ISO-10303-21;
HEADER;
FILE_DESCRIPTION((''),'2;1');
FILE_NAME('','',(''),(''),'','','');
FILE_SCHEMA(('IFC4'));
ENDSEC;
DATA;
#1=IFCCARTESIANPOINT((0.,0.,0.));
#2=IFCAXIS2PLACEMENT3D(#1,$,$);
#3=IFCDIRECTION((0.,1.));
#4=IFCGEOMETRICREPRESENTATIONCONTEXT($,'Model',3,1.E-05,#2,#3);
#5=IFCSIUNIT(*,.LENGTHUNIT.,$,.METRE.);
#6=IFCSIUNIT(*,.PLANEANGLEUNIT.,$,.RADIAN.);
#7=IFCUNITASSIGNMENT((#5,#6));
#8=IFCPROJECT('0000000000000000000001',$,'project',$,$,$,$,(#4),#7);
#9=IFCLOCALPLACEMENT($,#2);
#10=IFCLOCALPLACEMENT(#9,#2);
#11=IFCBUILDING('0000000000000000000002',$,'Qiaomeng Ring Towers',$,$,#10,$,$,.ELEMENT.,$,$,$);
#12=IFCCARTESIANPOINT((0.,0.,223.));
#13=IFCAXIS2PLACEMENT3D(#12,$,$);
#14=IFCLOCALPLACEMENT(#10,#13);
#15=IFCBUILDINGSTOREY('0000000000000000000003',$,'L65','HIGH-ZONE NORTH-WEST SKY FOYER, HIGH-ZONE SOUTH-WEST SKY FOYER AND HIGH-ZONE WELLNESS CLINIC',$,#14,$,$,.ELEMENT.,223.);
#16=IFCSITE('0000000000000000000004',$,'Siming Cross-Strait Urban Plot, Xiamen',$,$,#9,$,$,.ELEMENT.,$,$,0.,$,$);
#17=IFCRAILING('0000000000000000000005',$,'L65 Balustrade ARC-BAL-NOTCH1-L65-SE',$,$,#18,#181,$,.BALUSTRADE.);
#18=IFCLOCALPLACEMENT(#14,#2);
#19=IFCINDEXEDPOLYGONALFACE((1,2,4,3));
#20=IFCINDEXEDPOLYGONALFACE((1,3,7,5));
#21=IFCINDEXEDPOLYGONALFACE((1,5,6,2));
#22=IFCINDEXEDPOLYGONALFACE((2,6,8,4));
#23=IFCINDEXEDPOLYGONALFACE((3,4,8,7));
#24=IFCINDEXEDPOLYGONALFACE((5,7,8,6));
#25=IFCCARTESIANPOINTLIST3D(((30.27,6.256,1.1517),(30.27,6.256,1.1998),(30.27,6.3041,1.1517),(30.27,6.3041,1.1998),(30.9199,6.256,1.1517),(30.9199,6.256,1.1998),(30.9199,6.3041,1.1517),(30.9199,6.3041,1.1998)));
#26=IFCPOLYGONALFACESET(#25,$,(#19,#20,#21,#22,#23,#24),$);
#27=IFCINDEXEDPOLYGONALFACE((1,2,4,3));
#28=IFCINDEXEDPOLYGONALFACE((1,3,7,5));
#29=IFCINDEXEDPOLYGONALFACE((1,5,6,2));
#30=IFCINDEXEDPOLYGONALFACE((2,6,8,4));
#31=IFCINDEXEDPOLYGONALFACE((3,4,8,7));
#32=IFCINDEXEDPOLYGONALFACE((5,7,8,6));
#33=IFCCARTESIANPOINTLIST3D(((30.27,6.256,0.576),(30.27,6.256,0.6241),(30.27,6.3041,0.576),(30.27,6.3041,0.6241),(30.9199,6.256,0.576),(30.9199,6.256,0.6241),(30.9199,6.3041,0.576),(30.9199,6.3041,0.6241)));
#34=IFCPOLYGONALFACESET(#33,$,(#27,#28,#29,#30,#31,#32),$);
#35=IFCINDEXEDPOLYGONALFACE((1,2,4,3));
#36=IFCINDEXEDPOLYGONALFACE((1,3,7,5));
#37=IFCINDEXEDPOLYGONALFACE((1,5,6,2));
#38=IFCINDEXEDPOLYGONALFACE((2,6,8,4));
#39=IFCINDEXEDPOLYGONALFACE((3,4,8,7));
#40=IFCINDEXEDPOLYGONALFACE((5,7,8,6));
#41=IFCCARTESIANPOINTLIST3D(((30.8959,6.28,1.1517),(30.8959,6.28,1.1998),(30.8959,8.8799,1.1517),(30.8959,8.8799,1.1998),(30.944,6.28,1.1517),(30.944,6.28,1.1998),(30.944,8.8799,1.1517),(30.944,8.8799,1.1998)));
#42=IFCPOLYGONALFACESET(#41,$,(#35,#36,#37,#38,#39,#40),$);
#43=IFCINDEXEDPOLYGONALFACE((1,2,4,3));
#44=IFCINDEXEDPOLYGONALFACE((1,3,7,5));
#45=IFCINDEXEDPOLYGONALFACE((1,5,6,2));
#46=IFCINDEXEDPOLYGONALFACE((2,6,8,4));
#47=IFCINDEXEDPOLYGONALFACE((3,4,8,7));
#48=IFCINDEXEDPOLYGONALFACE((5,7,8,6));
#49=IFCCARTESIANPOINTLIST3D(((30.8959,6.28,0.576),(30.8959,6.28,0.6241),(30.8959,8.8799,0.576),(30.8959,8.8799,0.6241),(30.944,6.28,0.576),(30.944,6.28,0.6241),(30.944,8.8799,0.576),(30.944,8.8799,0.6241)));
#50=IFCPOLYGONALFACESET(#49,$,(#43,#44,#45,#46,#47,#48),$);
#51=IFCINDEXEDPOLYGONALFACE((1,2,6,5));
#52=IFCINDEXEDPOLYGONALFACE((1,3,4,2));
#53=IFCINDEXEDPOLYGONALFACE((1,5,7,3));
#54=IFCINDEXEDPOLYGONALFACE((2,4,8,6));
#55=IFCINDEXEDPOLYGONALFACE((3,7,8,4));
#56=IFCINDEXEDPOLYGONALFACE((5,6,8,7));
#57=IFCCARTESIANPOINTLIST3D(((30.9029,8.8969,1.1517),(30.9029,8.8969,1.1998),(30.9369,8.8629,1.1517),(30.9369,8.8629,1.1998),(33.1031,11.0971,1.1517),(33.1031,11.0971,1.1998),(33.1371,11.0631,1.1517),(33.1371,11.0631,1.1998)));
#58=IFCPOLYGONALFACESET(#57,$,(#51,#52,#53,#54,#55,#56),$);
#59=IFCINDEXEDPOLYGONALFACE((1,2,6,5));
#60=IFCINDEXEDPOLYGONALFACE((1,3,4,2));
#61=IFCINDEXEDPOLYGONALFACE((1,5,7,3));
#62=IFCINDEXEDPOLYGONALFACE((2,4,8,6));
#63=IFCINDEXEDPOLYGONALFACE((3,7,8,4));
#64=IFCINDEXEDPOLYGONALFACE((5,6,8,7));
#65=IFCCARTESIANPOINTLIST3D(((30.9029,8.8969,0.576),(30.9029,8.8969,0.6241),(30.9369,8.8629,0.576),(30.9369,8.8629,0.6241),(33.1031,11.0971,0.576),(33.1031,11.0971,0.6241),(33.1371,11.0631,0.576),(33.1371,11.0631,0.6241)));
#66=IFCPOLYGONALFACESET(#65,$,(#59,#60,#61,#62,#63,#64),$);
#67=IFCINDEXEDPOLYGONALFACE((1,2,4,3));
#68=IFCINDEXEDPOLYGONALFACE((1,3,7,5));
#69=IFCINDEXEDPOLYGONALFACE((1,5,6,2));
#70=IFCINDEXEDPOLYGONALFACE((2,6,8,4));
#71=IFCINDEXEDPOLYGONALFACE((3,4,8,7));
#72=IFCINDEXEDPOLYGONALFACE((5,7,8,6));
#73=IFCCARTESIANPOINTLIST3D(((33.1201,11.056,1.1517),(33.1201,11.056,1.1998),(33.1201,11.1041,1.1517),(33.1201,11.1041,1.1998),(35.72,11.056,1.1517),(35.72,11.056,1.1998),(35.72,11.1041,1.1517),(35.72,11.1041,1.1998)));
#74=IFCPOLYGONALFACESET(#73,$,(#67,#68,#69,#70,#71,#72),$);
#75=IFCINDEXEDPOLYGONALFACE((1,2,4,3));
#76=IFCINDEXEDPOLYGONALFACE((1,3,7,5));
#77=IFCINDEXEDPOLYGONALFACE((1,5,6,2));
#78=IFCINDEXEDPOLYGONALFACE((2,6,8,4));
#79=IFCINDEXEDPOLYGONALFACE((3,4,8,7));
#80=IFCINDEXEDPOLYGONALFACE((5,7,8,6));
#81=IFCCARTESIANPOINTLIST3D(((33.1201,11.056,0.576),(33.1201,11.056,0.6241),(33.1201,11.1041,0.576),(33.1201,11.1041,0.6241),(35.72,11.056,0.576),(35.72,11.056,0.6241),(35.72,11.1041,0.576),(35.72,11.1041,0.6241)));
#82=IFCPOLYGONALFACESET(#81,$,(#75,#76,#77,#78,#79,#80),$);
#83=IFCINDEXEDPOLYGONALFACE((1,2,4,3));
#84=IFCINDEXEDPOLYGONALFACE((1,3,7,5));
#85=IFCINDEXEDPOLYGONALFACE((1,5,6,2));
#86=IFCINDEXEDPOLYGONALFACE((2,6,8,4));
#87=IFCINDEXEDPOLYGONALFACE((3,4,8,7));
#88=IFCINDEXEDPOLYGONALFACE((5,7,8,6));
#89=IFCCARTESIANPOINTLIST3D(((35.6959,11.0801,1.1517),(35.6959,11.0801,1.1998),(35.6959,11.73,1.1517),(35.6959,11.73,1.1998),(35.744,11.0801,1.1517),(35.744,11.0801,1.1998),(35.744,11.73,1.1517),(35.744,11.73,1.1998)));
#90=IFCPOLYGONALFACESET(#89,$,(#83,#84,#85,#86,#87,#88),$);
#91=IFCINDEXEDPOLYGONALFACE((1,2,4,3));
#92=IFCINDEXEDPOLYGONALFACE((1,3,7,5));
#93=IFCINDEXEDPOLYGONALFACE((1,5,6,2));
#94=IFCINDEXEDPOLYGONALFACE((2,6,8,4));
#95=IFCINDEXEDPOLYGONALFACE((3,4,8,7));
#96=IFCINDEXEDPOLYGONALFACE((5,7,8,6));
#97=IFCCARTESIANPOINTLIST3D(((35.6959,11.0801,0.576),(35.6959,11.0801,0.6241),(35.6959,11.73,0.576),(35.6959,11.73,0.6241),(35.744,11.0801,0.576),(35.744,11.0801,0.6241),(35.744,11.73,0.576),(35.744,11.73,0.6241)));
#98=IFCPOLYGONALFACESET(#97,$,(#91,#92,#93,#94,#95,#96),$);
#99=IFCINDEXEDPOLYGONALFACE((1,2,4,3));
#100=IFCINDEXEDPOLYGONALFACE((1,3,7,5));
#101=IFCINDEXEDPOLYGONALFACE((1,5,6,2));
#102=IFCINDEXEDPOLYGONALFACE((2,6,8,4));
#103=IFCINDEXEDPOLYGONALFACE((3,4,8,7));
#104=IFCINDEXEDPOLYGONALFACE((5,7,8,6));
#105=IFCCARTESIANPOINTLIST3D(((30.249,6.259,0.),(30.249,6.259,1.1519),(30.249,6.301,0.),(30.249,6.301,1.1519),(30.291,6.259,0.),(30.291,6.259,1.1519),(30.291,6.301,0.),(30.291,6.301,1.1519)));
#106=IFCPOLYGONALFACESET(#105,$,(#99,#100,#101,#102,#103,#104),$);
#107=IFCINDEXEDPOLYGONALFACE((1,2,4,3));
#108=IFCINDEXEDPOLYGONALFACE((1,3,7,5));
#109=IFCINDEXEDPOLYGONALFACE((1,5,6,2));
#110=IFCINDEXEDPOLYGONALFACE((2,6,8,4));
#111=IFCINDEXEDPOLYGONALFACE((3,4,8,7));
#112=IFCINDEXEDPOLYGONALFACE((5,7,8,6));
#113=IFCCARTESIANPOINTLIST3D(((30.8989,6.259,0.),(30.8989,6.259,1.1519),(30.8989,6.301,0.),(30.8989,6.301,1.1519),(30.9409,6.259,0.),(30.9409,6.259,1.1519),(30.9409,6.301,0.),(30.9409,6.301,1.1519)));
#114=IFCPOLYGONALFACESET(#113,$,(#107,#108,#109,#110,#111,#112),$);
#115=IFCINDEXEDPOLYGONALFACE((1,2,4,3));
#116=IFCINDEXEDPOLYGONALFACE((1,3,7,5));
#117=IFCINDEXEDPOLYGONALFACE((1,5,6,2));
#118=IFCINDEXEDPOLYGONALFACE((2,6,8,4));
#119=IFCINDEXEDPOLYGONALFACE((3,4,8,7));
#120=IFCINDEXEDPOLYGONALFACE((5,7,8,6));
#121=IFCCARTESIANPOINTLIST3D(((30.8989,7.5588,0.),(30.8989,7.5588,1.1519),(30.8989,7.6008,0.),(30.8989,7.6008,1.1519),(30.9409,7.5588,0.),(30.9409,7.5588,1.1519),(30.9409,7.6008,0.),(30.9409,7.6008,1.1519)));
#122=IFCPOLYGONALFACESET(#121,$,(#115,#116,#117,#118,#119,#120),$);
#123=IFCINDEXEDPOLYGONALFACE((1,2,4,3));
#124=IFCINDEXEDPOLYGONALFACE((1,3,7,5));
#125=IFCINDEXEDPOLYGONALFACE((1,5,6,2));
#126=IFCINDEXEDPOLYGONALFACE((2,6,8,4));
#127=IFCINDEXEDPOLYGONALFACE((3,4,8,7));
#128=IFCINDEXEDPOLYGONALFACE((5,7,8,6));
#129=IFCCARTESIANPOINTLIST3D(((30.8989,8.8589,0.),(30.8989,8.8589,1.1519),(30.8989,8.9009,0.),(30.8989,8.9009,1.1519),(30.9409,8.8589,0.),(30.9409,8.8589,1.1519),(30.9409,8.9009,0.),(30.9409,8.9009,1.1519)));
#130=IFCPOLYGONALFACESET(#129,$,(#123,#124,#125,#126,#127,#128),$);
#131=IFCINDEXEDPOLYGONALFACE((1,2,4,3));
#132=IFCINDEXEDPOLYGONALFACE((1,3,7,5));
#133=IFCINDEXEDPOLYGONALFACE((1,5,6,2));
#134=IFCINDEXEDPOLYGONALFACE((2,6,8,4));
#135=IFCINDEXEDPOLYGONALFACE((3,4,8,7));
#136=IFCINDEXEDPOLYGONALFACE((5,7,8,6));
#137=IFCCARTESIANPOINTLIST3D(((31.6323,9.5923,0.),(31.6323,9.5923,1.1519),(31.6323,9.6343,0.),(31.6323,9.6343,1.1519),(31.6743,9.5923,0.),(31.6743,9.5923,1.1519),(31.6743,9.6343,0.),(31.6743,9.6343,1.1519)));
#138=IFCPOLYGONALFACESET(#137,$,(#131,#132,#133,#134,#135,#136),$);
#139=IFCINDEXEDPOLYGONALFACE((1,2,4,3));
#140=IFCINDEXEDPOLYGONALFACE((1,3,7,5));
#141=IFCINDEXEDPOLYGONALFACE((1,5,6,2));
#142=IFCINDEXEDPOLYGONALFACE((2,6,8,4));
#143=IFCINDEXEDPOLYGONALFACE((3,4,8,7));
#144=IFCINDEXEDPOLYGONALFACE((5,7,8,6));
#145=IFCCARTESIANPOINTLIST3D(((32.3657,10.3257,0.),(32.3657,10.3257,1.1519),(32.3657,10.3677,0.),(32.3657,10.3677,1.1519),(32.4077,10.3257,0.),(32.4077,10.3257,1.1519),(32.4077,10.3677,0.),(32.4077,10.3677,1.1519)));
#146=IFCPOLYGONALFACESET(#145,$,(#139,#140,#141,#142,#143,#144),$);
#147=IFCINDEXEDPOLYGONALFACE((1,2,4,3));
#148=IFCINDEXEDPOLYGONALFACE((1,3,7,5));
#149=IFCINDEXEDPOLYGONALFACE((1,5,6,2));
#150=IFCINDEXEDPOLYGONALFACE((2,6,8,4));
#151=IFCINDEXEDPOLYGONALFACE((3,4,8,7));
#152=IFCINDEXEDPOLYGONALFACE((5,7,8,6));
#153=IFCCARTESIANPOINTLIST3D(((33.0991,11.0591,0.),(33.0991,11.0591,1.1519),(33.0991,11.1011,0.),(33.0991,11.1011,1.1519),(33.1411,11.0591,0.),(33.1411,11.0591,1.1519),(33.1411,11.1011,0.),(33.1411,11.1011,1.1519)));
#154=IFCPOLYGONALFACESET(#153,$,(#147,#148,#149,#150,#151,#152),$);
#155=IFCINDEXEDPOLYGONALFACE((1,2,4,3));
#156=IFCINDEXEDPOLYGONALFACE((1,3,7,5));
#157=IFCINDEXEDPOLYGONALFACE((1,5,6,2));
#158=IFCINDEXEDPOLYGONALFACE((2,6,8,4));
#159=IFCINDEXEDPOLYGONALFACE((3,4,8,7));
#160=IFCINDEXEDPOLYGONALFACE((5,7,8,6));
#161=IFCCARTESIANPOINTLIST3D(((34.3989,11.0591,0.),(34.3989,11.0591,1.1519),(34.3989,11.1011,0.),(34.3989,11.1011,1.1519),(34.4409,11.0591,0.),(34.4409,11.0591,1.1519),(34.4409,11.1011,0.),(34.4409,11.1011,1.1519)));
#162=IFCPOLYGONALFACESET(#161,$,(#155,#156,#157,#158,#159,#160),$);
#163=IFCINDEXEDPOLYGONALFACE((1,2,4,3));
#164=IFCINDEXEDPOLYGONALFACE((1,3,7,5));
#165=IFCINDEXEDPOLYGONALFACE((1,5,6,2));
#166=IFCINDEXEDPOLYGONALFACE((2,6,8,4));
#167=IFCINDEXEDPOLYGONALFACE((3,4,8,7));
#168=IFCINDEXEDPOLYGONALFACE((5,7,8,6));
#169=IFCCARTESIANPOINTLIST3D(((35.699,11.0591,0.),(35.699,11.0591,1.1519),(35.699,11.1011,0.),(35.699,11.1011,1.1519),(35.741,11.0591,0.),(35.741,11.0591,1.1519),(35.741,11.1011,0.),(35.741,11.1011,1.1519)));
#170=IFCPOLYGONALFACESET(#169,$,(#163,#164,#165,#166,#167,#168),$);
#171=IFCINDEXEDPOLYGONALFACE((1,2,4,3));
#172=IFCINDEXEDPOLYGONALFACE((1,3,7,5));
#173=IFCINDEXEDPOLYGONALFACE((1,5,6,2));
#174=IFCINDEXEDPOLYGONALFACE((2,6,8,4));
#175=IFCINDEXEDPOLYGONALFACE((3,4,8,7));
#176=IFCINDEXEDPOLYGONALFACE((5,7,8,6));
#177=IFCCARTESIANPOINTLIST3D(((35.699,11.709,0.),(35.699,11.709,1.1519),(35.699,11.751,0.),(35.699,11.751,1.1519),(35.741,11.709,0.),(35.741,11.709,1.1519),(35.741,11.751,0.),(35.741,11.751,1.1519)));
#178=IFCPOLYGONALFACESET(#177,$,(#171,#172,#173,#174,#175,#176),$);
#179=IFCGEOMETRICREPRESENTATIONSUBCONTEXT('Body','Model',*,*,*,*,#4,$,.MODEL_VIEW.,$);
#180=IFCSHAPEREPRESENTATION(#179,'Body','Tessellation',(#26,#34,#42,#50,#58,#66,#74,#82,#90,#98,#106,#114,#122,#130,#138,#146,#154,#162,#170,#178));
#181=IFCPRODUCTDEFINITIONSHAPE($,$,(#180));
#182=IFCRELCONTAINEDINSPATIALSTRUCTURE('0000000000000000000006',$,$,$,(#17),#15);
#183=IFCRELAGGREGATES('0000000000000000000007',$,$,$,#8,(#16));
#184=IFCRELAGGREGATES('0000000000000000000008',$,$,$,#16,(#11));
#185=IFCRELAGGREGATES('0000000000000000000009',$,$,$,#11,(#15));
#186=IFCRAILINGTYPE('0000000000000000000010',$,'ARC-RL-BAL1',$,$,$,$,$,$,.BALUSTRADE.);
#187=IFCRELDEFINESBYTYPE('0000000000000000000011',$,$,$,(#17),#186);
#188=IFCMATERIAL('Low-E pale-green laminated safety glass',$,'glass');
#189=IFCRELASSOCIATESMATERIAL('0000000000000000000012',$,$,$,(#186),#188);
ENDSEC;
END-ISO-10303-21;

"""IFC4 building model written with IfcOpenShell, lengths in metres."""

from ifc_helpers import new_model, si_unit, direction, frame, origin, origin_2d, place, context, subcontext, project, spatial, rectangle, extrude, material, type_object, element, save


model = new_model("IFC4")

# Units and contexts
model_context = context("Model", 3, precision=1e-05, world=origin(), true_north=direction((0.0, 1.0)))
body_context = subcontext(model_context, "Body", "Model", "MODEL_VIEW")
ifc_project = project(units=[si_unit("LENGTHUNIT", "METRE"), si_unit("PLANEANGLEUNIT", "RADIAN")], contexts=[model_context])

# Site, building, storey
site_placement = place(None, origin())
site = spatial("IfcSite", under=ifc_project, at=site_placement, Name="Siming Cross-Strait Urban Plot, Xiamen", CompositionType="ELEMENT", RefElevation=0.0)
building_placement = place(site_placement, origin())
building = spatial("IfcBuilding", under=site, at=building_placement, Name="Qiaomeng Ring Towers", CompositionType="ELEMENT")
storey_placement = place(building_placement, frame((0.0, 0.0, 223.0)))
storey = spatial("IfcBuildingStorey", under=building, at=storey_placement, Name="L65", Description="HIGH-ZONE NORTH-WEST SKY FOYER, HIGH-ZONE SOUTH-WEST SKY FOYER AND HIGH-ZONE WELLNESS CLINIC", CompositionType="ELEMENT", Elevation=223.0)

# Railing
ifc_material_1 = material(Name="Low-E pale-green laminated safety glass", Category="glass")
railing_type = type_object("IfcRailingType", Name="ARC-RL-BAL1", PredefinedType="BALUSTRADE", material=ifc_material_1)
railing_placement = place(storey_placement, frame((30.27, 6.28, 0.0)))
element("IfcRailing", 1, at=railing_placement, inside=storey, type_object=railing_type, Name="L65 Balustrade ARC-BAL-NOTCH1-L65-SE", PredefinedType="BALUSTRADE", context=body_context, shape_type="SweptSolid", body=[
    extrude(rectangle(XDim=0.0481, YDim=0.0481, at=origin_2d()), frame((0.0, 0.0, 1.1758), z_axis=(1.0, 0.0, 0.0), x_axis=(0.0, 1.0, 0.0)), (0.0, 0.0, 1.0), 0.6499),
    extrude(rectangle(XDim=0.0481, YDim=0.0481, at=origin_2d()), frame((0.0, 0.0, 0.6001), z_axis=(1.0, 0.0, 0.0), x_axis=(0.0, 1.0, 0.0)), (0.0, 0.0, 1.0), 0.6499),
    extrude(rectangle(XDim=0.0481, YDim=0.0481, at=origin_2d()), frame((0.6499, 0.0, 1.1758), z_axis=(0.0, 1.0, 0.0), x_axis=(-1.0, 0.0, 0.0)), (0.0, 0.0, 1.0), 2.5999),
    extrude(rectangle(XDim=0.0481, YDim=0.0481, at=origin_2d()), frame((0.6499, 0.0, 0.6001), z_axis=(0.0, 1.0, 0.0), x_axis=(-1.0, 0.0, 0.0)), (0.0, 0.0, 1.0), 2.5999),
    extrude(rectangle(XDim=0.0481, YDim=0.0481, at=origin_2d()), frame((0.6499, 2.5999, 1.1758), z_axis=(0.707107, 0.707107, 0.0), x_axis=(-0.707107, 0.707107, 0.0)), (0.0, 0.0, 1.0), 3.1116),
    extrude(rectangle(XDim=0.0481, YDim=0.0481, at=origin_2d()), frame((0.6499, 2.5999, 0.6001), z_axis=(0.707107, 0.707107, 0.0), x_axis=(-0.707107, 0.707107, 0.0)), (0.0, 0.0, 1.0), 3.1116),
    extrude(rectangle(XDim=0.0481, YDim=0.0481, at=origin_2d()), frame((2.8501, 4.8, 1.1758), z_axis=(1.0, 0.0, 0.0), x_axis=(0.0, 1.0, 0.0)), (0.0, 0.0, 1.0), 2.5999),
    extrude(rectangle(XDim=0.0481, YDim=0.0481, at=origin_2d()), frame((2.8501, 4.8, 0.6001), z_axis=(1.0, 0.0, 0.0), x_axis=(0.0, 1.0, 0.0)), (0.0, 0.0, 1.0), 2.5999),
    extrude(rectangle(XDim=0.0481, YDim=0.0481, at=origin_2d()), frame((5.45, 4.8, 1.1758), z_axis=(0.0, 1.0, 0.0), x_axis=(-1.0, 0.0, 0.0)), (0.0, 0.0, 1.0), 0.6499),
    extrude(rectangle(XDim=0.0481, YDim=0.0481, at=origin_2d()), frame((5.45, 4.8, 0.6001), z_axis=(0.0, 1.0, 0.0), x_axis=(-1.0, 0.0, 0.0)), (0.0, 0.0, 1.0), 0.6499),
    extrude(rectangle(XDim=0.042, YDim=0.042, at=origin_2d()), origin(), (0.0, 0.0, 1.0), 1.1519),
    extrude(rectangle(XDim=0.042, YDim=0.042, at=origin_2d()), frame((0.6499, 0.0, 0.0)), (0.0, 0.0, 1.0), 1.1519),
    extrude(rectangle(XDim=0.042, YDim=0.042, at=origin_2d()), frame((0.6499, 1.2998, 0.0)), (0.0, 0.0, 1.0), 1.1519),
    extrude(rectangle(XDim=0.042, YDim=0.042, at=origin_2d()), frame((0.6499, 2.5999, 0.0)), (0.0, 0.0, 1.0), 1.1519),
    extrude(rectangle(XDim=0.042, YDim=0.042, at=origin_2d()), frame((1.3833, 3.3333, 0.0)), (0.0, 0.0, 1.0), 1.1519),
    extrude(rectangle(XDim=0.042, YDim=0.042, at=origin_2d()), frame((2.1167, 4.0667, 0.0)), (0.0, 0.0, 1.0), 1.1519),
    extrude(rectangle(XDim=0.042, YDim=0.042, at=origin_2d()), frame((2.8501, 4.8, 0.0)), (0.0, 0.0, 1.0), 1.1519),
    extrude(rectangle(XDim=0.042, YDim=0.042, at=origin_2d()), frame((4.1499, 4.8, 0.0)), (0.0, 0.0, 1.0), 1.1519),
    extrude(rectangle(XDim=0.042, YDim=0.042, at=origin_2d()), frame((5.45, 4.8, 0.0)), (0.0, 0.0, 1.0), 1.1519),
    extrude(rectangle(XDim=0.042, YDim=0.042, at=origin_2d()), frame((5.45, 5.45, 0.0)), (0.0, 0.0, 1.0), 1.1519),
])

save(model, "model.ifc")
